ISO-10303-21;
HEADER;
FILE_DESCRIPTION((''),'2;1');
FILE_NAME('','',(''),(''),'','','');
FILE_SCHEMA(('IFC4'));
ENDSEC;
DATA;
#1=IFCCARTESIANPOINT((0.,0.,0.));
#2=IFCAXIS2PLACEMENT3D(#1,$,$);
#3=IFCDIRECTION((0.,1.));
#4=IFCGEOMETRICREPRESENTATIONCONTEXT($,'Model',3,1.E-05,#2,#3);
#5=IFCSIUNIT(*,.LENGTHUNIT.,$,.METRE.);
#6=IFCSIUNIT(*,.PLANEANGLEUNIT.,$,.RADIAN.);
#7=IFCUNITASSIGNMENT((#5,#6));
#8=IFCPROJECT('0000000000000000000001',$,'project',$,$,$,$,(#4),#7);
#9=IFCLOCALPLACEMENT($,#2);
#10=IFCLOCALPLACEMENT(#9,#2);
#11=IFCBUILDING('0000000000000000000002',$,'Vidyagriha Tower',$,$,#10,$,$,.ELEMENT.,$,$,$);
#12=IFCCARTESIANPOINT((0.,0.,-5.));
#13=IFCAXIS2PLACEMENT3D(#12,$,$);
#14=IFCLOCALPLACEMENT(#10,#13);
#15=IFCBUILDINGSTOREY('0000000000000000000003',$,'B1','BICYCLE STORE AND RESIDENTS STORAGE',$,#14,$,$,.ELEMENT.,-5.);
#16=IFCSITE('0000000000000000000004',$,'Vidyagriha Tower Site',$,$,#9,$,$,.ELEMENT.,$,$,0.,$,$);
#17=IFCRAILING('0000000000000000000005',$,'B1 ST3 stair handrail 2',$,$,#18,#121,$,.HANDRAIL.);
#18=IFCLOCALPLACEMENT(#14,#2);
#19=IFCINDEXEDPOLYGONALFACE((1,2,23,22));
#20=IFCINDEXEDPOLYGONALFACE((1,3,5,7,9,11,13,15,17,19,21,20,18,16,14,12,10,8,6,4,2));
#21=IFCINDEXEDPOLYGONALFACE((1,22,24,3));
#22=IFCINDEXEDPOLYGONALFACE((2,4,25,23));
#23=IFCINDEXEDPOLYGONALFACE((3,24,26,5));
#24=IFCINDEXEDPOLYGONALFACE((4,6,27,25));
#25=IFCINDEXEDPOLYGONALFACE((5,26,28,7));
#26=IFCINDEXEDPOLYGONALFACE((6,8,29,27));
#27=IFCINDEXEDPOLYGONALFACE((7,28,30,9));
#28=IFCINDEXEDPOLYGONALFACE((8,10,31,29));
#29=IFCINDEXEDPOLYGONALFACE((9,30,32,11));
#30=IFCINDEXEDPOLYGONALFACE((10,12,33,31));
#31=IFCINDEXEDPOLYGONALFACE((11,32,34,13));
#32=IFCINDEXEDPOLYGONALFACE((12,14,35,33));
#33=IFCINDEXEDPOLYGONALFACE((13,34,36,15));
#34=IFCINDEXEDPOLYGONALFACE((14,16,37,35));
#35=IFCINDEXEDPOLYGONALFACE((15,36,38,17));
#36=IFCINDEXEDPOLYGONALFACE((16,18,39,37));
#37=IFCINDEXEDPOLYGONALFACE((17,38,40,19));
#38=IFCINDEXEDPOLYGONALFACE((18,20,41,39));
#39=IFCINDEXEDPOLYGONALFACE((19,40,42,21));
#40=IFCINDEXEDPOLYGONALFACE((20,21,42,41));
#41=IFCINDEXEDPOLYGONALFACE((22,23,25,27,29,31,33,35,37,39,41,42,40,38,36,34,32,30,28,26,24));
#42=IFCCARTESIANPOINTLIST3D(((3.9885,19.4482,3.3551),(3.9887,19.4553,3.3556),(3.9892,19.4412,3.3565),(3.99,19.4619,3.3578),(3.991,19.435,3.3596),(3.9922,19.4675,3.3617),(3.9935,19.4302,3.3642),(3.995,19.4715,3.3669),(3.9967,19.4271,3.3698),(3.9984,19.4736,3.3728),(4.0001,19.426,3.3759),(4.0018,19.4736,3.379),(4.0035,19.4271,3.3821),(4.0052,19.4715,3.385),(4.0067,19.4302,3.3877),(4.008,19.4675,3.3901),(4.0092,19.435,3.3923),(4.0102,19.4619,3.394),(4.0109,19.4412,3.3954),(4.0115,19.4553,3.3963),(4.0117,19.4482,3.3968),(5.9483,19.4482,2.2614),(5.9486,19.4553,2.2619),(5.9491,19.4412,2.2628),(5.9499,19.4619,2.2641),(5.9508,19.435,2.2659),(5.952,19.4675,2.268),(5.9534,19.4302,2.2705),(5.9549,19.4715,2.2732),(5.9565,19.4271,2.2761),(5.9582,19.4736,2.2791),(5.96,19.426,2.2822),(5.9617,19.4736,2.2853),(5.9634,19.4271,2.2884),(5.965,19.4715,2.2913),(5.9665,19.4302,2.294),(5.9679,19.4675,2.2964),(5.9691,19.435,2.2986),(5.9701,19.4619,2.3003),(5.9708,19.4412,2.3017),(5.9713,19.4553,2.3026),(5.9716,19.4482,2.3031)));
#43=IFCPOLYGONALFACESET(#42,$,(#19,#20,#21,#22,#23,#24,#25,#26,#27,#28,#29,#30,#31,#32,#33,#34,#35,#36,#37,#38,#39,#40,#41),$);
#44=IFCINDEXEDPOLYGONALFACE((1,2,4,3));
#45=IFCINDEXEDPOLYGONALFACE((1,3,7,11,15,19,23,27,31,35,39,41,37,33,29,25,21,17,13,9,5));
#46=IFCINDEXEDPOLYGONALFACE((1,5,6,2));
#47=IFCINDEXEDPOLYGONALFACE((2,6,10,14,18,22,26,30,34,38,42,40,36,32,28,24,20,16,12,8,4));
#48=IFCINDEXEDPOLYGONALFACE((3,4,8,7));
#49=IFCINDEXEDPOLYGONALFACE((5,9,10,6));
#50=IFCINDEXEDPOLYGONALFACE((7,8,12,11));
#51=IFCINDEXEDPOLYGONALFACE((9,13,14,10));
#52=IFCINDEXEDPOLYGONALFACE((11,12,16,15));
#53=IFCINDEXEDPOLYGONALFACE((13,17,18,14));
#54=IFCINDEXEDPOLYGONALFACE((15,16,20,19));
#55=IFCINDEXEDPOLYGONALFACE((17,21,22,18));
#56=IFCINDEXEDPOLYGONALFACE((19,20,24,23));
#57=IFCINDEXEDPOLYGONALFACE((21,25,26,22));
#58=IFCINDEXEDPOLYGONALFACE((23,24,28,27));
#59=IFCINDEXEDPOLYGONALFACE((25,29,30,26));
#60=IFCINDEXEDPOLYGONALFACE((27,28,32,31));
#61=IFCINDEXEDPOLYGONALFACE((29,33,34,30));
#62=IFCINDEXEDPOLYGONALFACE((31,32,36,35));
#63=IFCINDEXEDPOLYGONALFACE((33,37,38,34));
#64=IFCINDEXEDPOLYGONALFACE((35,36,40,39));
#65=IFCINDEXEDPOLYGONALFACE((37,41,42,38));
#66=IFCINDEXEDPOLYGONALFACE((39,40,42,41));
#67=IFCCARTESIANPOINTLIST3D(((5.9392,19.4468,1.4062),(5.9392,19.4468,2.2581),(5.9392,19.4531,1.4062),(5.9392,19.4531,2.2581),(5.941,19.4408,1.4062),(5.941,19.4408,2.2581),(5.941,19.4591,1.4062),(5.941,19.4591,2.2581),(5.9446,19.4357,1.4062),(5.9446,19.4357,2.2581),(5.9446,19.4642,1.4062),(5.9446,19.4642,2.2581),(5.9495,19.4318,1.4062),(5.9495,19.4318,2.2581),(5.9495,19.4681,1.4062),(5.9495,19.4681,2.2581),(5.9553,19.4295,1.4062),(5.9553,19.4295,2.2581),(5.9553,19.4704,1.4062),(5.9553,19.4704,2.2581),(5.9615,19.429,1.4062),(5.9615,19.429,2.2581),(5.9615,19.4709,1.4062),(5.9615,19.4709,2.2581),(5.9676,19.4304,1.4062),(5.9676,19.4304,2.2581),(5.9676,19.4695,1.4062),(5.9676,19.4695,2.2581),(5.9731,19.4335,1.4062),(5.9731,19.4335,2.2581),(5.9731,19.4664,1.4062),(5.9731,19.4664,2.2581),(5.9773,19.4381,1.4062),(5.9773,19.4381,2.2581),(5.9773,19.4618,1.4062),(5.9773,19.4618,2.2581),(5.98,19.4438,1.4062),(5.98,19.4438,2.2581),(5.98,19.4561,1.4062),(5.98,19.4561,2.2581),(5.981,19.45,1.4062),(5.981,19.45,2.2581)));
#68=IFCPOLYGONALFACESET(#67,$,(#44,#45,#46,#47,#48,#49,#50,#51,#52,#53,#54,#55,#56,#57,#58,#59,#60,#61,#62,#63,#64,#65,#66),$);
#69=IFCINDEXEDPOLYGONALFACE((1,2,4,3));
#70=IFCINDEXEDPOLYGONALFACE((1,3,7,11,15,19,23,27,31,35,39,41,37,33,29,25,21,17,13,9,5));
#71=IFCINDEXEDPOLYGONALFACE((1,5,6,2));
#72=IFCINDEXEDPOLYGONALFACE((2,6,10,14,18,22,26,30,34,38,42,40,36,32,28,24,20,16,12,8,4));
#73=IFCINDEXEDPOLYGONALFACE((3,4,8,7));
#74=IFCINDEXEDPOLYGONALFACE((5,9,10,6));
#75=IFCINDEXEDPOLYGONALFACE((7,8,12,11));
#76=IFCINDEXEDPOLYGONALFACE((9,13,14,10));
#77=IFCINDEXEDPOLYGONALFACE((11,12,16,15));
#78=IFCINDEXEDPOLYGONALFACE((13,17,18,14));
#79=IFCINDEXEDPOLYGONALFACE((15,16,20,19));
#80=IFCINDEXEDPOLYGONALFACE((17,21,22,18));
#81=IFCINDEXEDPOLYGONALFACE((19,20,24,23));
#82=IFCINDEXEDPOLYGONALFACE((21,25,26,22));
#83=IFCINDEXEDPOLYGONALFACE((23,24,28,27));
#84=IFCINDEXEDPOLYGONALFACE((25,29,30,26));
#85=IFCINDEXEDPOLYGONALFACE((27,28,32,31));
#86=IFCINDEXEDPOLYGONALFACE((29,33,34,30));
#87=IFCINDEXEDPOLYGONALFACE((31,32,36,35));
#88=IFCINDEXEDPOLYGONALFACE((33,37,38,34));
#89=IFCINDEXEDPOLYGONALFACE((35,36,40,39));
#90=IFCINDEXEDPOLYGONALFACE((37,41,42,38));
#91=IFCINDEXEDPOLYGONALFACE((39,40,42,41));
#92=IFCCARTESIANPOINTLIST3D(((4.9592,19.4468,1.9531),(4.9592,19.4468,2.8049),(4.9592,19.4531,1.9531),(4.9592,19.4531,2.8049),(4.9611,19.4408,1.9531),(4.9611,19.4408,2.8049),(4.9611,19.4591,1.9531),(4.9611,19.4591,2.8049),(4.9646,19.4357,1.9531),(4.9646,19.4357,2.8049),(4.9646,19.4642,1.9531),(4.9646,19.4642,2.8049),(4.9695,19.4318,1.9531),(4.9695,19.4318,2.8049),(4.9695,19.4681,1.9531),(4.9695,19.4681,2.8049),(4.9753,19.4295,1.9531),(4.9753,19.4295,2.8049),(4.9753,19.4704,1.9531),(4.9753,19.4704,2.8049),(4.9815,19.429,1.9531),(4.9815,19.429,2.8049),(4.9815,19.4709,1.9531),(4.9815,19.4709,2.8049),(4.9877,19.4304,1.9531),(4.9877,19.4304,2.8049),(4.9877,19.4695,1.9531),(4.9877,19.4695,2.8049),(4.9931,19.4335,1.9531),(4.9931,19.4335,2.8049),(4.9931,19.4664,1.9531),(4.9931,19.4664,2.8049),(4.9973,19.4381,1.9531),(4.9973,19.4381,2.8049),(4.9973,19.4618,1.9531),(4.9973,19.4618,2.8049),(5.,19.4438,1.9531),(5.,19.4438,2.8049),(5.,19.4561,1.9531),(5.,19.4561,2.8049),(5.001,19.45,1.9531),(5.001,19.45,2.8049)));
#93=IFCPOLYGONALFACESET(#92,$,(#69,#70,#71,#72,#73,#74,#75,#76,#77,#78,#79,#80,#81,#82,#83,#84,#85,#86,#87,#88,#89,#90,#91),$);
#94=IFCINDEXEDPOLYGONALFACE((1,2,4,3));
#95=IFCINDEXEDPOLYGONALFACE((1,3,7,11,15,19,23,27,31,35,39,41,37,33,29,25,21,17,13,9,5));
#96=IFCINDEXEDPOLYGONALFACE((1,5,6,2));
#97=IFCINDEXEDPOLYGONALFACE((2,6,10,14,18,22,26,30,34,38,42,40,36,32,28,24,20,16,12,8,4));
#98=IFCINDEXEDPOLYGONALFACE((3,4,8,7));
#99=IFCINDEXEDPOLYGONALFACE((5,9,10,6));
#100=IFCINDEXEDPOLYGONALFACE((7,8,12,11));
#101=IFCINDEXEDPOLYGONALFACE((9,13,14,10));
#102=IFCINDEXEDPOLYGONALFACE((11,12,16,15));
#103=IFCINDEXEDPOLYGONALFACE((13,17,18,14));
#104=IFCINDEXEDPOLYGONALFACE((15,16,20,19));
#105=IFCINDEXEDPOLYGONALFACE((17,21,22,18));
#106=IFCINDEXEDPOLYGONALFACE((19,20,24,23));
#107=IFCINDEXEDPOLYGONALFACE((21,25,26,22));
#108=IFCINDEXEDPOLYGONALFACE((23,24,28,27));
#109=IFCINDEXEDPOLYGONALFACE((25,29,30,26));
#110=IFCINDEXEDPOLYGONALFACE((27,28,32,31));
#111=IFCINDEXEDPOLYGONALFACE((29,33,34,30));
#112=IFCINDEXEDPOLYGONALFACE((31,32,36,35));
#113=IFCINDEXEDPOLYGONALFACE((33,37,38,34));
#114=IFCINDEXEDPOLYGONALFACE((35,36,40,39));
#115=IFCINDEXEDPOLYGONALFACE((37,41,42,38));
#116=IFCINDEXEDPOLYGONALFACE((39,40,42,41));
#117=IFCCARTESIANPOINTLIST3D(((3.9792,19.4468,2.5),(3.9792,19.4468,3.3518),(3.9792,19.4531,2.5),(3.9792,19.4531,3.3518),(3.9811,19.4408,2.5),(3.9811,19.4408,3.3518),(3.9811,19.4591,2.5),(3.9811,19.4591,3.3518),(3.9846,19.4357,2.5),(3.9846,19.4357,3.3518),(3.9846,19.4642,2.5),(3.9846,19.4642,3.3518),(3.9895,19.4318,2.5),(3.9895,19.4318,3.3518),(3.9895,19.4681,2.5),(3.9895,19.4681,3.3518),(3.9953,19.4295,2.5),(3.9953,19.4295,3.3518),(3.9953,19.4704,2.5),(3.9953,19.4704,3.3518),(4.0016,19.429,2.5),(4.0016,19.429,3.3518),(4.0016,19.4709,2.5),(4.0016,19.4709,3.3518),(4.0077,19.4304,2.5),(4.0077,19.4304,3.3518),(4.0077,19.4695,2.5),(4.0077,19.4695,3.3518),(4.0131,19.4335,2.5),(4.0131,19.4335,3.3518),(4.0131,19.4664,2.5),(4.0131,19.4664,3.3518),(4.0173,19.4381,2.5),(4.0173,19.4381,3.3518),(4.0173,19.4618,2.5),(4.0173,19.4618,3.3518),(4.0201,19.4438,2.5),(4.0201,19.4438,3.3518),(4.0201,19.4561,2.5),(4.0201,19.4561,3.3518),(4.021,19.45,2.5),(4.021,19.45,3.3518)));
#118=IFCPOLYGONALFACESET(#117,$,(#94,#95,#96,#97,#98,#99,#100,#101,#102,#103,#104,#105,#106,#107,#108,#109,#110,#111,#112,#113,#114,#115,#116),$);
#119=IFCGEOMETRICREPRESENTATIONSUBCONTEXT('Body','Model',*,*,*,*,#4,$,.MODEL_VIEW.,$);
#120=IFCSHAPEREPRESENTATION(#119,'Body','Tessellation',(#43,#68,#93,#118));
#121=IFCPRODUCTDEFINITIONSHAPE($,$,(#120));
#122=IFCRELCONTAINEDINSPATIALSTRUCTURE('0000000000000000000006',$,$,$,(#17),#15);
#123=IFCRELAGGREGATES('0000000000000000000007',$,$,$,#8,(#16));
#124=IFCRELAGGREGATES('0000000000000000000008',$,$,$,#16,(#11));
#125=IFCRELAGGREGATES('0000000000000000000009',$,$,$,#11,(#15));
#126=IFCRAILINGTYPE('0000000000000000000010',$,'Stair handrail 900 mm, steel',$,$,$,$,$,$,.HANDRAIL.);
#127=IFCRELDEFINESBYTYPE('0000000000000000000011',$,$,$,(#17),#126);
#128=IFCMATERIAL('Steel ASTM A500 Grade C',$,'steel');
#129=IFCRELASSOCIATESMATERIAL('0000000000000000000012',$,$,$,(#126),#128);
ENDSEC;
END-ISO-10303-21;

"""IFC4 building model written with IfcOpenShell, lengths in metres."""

from ifc_helpers import new_model, si_unit, direction, frame, origin, origin_2d, place, context, subcontext, project, spatial, circle, extrude, material, type_object, element, save


model = new_model("IFC4")

# Units and contexts
model_context = context("Model", 3, precision=1e-05, world=origin(), true_north=direction((0.0, 1.0)))
body_context = subcontext(model_context, "Body", "Model", "MODEL_VIEW")
ifc_project = project(units=[si_unit("LENGTHUNIT", "METRE"), si_unit("PLANEANGLEUNIT", "RADIAN")], contexts=[model_context])

# Site, building, storey
site_placement = place(None, origin())
site = spatial("IfcSite", under=ifc_project, at=site_placement, Name="Vidyagriha Tower Site", CompositionType="ELEMENT", RefElevation=0.0)
building_placement = place(site_placement, origin())
building = spatial("IfcBuilding", under=site, at=building_placement, Name="Vidyagriha Tower", CompositionType="ELEMENT")
storey_placement = place(building_placement, frame((0.0, 0.0, -5.0)))
storey = spatial("IfcBuildingStorey", under=building, at=storey_placement, Name="B1", Description="BICYCLE STORE AND RESIDENTS STORAGE", CompositionType="ELEMENT", Elevation=-5.0)

# Railing
ifc_material_1 = material(Name="Steel ASTM A500 Grade C", Category="steel")
railing_type_1 = type_object("IfcRailingType", Name="Stair handrail 900 mm, steel", PredefinedType="HANDRAIL", material=ifc_material_1)
railing_1_placement = place(storey_placement, frame((5.96, 19.45, 1.4062)))
element("IfcRailing", 1, at=railing_1_placement, inside=storey, type_object=railing_type_1, Name="B1 ST3 stair handrail 2", PredefinedType="HANDRAIL", context=body_context, shape_type="SweptSolid", body=[
    extrude(circle(Radius=0.0239, at=origin_2d()), frame((0.0, 0.0, 0.876), z_axis=(-0.873232, 0.0, 0.487304), x_axis=(0.0, -1.0, 0.0)), (0.0, 0.0, 1.0), 2.2444),
    extrude(circle(Radius=0.021, at=origin_2d()), origin(), (0.0, 0.0, 1.0), 0.8518),
    extrude(circle(Radius=0.021, at=origin_2d()), frame((-0.98, 0.0, 0.5469)), (0.0, 0.0, 1.0), 0.8518),
    extrude(circle(Radius=0.021, at=origin_2d()), frame((-1.96, 0.0, 1.0938)), (0.0, 0.0, 1.0), 0.8518),
])

save(model, "model.ifc")
